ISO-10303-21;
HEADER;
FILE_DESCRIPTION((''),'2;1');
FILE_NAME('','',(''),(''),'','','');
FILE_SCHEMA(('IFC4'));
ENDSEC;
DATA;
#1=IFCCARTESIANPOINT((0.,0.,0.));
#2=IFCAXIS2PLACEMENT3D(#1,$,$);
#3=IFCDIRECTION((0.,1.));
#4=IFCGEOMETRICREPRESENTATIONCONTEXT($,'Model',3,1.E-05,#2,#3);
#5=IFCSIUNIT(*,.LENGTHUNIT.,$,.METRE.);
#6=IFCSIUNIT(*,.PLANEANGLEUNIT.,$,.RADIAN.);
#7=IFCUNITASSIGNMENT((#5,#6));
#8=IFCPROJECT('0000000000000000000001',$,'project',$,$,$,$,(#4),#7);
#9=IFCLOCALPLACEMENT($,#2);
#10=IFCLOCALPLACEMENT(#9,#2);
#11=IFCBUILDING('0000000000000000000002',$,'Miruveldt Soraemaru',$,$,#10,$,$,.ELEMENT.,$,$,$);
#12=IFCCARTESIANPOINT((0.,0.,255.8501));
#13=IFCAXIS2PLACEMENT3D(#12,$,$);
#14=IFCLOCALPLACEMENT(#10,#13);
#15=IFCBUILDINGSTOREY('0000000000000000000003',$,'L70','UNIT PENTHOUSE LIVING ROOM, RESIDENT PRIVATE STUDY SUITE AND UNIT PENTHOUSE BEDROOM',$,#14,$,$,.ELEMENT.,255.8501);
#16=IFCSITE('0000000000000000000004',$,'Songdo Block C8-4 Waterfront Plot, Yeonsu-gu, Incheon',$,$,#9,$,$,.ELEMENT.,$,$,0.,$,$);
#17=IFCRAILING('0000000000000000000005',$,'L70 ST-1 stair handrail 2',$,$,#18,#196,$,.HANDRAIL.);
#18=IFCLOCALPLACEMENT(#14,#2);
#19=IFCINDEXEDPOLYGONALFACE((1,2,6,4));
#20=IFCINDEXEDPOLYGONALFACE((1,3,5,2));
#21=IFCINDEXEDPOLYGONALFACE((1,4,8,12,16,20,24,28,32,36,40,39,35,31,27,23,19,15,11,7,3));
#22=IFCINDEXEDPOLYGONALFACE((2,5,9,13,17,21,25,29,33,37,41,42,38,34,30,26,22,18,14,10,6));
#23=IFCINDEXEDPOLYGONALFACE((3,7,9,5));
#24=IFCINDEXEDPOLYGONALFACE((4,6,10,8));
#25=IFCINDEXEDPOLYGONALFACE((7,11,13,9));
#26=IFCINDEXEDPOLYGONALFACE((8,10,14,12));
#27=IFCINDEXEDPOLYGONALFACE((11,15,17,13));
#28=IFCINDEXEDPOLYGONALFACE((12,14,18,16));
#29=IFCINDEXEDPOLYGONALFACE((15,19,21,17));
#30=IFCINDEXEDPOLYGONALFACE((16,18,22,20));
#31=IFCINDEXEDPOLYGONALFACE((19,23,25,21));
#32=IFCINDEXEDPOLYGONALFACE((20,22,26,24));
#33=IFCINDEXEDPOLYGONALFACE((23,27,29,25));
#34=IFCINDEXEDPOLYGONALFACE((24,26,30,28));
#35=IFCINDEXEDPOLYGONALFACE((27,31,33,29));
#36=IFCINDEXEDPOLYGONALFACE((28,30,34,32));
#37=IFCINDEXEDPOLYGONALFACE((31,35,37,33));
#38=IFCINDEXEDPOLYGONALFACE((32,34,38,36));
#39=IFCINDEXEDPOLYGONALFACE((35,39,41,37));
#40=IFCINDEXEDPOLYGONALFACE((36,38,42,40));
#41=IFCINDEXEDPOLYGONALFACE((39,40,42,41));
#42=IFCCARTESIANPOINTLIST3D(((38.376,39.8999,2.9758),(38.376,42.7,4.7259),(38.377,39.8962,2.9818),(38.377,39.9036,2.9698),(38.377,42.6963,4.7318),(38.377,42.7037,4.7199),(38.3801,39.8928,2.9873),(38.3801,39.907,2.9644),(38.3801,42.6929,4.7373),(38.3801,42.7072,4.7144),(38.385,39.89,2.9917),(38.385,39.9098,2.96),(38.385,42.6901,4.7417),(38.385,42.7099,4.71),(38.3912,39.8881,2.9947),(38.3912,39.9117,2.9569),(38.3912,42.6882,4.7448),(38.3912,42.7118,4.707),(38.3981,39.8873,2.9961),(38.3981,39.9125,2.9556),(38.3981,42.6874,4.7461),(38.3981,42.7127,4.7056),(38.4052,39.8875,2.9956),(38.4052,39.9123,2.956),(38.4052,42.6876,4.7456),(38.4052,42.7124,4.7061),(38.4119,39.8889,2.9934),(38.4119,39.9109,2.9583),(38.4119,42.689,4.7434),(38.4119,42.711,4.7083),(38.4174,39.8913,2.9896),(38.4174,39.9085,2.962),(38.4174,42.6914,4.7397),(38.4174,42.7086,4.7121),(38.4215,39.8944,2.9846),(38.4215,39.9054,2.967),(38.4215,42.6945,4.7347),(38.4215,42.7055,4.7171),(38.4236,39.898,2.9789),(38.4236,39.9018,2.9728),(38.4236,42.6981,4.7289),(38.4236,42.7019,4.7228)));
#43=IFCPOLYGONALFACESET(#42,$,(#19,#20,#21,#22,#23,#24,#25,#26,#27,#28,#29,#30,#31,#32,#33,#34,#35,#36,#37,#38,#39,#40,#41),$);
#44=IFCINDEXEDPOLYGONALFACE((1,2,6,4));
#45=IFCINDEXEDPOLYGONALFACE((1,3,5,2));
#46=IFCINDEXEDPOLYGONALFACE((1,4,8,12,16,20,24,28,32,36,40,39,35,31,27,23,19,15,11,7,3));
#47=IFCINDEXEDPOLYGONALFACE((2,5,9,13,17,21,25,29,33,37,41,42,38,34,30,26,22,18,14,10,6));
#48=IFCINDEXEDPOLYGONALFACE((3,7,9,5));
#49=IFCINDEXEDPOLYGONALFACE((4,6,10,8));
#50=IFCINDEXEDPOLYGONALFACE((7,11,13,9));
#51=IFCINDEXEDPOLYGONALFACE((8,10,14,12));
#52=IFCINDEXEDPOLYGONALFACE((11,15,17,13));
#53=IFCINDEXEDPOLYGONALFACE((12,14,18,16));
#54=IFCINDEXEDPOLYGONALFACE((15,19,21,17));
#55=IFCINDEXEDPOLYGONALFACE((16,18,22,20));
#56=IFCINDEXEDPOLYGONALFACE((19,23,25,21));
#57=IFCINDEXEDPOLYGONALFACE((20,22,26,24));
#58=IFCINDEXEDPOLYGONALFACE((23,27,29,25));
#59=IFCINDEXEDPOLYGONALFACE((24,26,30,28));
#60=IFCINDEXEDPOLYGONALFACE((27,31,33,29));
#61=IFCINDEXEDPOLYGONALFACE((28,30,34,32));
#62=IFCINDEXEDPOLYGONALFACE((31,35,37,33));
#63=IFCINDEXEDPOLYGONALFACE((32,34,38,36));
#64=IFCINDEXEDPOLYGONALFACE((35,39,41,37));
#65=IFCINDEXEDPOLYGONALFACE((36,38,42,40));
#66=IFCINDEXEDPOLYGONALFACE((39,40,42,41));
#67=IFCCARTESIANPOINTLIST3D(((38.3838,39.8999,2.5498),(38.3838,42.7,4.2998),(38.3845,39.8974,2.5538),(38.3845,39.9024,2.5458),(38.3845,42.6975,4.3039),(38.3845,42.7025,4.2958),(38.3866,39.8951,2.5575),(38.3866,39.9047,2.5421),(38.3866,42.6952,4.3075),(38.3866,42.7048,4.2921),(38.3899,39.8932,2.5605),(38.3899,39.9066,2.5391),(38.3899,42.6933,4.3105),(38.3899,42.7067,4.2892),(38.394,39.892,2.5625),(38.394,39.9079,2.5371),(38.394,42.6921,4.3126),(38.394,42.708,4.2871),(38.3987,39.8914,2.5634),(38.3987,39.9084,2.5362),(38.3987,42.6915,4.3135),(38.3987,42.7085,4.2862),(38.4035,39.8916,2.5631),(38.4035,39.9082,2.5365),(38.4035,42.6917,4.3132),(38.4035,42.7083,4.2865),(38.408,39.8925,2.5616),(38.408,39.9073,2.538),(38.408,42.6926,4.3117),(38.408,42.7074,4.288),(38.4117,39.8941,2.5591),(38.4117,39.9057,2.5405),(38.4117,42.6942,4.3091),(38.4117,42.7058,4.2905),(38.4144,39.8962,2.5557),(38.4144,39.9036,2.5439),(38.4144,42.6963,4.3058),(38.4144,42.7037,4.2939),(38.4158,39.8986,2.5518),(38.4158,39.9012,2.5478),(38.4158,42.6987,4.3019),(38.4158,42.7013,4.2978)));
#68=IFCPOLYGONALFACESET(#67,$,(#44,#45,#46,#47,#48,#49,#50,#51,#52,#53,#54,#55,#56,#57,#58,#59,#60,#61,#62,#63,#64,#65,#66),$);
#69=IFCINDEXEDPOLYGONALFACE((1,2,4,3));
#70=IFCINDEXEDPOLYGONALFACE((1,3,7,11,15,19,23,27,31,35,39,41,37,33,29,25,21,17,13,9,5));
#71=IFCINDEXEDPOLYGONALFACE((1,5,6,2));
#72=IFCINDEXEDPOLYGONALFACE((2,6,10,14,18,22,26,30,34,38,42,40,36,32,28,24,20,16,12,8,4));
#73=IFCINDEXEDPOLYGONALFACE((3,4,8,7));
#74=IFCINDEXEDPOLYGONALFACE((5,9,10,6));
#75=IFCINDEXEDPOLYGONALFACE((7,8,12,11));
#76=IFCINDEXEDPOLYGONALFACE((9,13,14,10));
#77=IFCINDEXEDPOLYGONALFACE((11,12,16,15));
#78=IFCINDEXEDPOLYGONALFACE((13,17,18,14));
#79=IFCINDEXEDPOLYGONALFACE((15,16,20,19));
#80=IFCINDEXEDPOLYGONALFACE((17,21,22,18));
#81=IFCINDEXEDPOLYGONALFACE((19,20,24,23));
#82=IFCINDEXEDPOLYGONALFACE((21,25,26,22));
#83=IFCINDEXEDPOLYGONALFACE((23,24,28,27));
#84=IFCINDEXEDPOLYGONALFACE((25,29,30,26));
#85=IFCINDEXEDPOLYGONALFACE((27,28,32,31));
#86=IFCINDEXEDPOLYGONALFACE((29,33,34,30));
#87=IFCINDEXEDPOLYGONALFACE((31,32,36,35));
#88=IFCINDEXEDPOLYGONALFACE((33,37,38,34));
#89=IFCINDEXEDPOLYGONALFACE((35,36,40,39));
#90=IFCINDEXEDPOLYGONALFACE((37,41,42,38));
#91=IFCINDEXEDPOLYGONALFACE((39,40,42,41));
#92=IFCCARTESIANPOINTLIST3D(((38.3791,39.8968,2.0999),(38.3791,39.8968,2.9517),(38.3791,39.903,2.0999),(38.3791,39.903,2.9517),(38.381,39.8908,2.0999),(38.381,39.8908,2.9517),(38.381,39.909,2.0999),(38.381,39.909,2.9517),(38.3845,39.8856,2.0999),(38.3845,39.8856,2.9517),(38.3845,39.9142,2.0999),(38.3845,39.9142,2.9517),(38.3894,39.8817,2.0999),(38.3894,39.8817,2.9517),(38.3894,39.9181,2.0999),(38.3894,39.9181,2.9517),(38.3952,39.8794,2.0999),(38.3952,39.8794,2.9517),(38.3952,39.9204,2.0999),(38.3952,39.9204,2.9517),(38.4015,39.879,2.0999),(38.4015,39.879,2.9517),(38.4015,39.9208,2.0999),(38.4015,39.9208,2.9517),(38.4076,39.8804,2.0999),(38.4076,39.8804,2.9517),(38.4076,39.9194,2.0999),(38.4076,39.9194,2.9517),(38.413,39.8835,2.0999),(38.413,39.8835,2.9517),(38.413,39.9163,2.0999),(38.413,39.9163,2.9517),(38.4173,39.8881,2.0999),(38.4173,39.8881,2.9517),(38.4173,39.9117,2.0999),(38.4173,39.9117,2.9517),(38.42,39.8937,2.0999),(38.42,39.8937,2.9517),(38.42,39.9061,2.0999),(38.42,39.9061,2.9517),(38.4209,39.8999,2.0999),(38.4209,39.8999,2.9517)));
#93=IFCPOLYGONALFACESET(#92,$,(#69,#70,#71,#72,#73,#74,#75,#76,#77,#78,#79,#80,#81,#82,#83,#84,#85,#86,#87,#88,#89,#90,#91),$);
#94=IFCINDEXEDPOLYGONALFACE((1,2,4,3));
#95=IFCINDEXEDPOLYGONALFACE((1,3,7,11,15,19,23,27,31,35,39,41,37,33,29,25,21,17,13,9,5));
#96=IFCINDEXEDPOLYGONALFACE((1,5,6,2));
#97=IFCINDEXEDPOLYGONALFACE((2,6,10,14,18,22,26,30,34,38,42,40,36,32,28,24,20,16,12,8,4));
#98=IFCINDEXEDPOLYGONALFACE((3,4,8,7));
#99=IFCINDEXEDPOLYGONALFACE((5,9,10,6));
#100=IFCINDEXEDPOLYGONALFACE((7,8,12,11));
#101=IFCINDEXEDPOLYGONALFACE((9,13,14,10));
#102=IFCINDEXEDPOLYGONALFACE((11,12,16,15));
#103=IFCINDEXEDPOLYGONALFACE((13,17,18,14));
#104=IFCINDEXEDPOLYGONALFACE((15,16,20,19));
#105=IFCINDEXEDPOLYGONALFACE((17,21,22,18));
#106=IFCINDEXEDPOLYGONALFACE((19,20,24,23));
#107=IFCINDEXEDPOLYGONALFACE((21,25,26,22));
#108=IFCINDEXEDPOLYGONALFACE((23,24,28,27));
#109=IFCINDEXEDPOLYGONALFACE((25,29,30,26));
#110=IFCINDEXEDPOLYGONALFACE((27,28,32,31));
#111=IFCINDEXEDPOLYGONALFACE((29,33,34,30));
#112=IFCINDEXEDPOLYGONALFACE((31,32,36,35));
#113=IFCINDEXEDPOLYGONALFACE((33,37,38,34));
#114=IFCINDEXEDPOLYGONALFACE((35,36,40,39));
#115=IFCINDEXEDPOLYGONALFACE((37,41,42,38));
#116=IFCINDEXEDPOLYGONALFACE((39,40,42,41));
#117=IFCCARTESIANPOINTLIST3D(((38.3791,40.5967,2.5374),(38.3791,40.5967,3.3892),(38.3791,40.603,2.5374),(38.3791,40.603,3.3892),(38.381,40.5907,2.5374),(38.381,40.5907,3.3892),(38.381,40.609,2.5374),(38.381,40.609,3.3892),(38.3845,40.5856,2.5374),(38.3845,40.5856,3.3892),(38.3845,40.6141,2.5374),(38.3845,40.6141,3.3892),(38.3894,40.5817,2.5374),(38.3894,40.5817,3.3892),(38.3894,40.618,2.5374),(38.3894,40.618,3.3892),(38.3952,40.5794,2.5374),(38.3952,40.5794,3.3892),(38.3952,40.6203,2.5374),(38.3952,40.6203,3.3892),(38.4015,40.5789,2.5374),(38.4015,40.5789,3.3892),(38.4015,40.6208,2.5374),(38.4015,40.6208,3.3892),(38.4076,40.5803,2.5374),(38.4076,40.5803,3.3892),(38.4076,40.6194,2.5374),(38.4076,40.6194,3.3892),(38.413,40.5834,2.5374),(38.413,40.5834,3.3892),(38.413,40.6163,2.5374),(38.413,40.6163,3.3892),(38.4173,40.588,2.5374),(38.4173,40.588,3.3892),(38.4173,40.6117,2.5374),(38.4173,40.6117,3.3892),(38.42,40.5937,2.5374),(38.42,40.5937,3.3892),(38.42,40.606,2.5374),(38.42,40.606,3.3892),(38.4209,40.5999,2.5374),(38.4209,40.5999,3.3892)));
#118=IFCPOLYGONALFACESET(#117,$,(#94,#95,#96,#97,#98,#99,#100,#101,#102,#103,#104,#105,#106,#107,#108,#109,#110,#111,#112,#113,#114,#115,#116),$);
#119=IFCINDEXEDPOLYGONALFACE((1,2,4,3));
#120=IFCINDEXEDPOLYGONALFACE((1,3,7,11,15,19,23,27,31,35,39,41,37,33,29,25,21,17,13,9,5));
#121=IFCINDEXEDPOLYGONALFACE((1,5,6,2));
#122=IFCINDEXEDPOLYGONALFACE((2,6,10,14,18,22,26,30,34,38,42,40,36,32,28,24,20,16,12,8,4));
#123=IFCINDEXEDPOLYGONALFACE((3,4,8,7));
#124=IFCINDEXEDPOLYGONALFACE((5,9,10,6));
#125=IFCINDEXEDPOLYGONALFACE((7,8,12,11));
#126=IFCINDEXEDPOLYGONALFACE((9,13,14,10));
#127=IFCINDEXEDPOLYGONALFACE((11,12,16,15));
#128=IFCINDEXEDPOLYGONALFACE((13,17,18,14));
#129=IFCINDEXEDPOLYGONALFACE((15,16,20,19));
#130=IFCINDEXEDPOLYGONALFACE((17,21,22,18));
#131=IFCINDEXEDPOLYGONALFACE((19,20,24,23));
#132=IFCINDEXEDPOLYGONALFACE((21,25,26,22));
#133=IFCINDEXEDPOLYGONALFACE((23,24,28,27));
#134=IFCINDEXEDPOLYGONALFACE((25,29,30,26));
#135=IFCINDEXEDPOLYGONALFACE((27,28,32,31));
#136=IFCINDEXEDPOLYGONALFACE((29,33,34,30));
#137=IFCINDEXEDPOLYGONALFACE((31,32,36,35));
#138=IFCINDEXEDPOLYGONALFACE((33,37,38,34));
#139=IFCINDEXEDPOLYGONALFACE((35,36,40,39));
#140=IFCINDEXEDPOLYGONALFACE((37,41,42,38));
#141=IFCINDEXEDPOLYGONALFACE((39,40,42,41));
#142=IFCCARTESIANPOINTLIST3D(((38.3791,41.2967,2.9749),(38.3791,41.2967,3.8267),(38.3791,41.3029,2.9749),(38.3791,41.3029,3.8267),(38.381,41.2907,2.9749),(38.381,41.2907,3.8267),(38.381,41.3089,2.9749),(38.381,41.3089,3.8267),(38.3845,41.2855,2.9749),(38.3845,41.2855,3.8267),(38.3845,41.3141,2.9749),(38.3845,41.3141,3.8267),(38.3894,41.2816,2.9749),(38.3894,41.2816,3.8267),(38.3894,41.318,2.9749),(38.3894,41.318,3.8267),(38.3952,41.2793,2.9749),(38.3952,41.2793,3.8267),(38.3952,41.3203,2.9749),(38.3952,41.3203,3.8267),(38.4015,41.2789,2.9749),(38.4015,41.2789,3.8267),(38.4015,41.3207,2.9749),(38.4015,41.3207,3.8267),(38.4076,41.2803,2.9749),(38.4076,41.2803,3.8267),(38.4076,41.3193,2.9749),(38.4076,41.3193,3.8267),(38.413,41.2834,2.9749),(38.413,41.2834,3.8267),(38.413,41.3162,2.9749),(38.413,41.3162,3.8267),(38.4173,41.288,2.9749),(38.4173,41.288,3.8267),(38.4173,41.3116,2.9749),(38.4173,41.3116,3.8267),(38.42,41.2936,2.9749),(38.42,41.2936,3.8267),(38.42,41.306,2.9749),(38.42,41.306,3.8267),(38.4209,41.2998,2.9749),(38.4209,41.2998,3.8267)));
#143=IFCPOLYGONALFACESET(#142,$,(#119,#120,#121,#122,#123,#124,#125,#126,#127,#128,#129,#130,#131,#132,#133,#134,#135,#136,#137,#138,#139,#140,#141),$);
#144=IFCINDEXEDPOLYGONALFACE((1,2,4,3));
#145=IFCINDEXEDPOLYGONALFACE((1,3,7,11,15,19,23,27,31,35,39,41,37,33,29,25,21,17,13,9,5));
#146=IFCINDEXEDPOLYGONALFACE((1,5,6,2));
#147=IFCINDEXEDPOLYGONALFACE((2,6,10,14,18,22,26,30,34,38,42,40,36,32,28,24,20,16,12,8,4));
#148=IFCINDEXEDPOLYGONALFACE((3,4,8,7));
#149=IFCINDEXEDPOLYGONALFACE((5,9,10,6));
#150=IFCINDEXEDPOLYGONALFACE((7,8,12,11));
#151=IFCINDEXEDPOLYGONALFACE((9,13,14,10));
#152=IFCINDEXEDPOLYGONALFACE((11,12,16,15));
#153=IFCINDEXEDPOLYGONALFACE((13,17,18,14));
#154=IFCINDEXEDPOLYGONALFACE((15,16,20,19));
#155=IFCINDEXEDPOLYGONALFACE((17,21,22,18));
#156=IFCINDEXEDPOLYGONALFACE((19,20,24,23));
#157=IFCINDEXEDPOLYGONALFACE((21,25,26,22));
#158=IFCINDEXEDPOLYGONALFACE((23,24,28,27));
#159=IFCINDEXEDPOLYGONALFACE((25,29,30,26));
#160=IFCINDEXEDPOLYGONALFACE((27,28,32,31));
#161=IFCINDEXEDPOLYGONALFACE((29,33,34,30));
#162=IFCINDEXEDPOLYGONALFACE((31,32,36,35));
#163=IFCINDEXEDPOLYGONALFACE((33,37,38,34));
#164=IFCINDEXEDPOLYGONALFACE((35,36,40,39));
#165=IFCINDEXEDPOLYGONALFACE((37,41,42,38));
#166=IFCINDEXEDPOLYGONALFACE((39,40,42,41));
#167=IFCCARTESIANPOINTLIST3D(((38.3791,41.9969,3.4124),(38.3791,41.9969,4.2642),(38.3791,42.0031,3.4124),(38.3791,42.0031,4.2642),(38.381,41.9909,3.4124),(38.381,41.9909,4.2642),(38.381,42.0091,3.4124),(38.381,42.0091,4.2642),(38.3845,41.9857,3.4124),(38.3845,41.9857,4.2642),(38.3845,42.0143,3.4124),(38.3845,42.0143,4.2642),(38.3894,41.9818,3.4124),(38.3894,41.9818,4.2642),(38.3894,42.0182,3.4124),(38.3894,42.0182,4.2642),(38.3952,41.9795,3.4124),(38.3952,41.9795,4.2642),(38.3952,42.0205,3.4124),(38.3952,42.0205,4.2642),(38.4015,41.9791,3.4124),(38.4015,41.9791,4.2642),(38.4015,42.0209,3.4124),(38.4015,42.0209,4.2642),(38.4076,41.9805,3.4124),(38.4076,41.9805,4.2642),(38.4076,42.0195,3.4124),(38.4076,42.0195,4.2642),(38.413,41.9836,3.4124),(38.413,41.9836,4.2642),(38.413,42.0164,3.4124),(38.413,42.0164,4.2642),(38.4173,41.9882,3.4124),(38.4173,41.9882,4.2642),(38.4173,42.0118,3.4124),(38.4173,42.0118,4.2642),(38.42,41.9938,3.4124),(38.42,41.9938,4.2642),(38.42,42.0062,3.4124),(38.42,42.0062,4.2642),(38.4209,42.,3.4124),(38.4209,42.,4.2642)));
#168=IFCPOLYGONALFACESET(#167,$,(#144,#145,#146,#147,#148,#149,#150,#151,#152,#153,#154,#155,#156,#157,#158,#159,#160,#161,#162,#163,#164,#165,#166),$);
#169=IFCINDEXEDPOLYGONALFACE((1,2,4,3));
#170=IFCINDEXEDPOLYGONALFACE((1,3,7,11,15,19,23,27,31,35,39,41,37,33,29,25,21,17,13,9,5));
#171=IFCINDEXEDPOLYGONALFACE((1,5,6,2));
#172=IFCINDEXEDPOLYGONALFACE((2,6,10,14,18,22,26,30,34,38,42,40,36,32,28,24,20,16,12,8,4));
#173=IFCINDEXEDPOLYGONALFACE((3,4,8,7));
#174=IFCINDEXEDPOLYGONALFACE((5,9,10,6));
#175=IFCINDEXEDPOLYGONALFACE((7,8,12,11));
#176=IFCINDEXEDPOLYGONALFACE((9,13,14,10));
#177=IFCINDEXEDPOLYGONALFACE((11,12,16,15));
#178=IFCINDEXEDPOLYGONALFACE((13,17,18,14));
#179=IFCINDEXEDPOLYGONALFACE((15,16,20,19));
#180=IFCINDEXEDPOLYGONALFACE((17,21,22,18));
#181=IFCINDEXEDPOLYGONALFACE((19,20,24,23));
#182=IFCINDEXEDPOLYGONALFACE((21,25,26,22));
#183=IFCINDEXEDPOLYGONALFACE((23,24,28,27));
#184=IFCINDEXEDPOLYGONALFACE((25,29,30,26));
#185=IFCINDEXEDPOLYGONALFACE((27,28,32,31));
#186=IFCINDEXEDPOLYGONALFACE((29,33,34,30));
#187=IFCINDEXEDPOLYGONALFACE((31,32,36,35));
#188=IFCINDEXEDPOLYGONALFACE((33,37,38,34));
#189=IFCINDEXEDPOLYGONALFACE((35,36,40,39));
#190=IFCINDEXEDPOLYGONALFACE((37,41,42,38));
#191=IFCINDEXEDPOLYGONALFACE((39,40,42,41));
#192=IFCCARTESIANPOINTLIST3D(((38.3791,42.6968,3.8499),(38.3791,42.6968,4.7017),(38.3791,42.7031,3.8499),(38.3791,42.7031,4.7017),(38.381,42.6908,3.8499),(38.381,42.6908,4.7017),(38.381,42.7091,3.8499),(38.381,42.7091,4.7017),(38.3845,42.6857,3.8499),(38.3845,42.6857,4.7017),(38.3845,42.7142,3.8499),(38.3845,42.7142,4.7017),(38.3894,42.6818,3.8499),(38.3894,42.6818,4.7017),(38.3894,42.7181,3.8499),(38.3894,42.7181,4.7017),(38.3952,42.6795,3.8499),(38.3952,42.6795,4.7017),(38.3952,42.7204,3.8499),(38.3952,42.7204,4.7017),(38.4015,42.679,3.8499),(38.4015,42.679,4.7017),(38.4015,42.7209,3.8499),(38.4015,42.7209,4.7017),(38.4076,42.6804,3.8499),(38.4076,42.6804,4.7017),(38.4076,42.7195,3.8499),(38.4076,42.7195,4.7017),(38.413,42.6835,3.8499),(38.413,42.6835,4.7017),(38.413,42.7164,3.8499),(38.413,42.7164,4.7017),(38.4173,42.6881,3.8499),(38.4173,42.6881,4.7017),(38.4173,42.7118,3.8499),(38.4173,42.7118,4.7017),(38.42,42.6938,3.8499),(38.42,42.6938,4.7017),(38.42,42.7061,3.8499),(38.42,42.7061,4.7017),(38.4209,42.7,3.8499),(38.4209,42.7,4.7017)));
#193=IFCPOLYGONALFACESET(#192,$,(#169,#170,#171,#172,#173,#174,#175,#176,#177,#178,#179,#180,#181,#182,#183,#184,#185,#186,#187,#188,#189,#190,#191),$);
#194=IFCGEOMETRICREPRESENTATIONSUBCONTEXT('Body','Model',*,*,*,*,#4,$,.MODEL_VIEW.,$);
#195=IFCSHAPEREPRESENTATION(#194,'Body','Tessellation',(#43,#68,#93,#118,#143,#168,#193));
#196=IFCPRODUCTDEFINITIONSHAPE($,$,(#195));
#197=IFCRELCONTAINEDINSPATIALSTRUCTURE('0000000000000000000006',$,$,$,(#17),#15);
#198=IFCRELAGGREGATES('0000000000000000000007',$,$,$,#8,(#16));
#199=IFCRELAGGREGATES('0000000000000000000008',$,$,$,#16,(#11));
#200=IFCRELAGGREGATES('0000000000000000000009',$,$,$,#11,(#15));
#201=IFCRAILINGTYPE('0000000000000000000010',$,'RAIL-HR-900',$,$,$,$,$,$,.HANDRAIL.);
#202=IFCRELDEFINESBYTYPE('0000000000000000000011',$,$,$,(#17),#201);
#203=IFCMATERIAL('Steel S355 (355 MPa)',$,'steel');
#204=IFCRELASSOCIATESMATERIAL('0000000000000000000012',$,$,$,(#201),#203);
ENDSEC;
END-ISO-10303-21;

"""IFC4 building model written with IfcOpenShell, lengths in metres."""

from ifc_helpers import new_model, si_unit, direction, frame, origin, origin_2d, place, context, subcontext, project, spatial, circle, extrude, material, type_object, element, save


model = new_model("IFC4")

# Units and contexts
model_context = context("Model", 3, precision=1e-05, world=origin(), true_north=direction((0.0, 1.0)))
body_context = subcontext(model_context, "Body", "Model", "MODEL_VIEW")
ifc_project = project(units=[si_unit("LENGTHUNIT", "METRE"), si_unit("PLANEANGLEUNIT", "RADIAN")], contexts=[model_context])

# Site, building, storey
site_placement = place(None, origin())
site = spatial("IfcSite", under=ifc_project, at=site_placement, Name="Songdo Block C8-4 Waterfront Plot, Yeonsu-gu, Incheon", CompositionType="ELEMENT", RefElevation=0.0)
building_placement = place(site_placement, origin())
building = spatial("IfcBuilding", under=site, at=building_placement, Name="Miruveldt Soraemaru", CompositionType="ELEMENT")
storey_placement = place(building_placement, frame((0.0, 0.0, 255.8501)))
storey = spatial("IfcBuildingStorey", under=building, at=storey_placement, Name="L70", Description="UNIT PENTHOUSE LIVING ROOM, RESIDENT PRIVATE STUDY SUITE AND UNIT PENTHOUSE BEDROOM", CompositionType="ELEMENT", Elevation=255.8501)

# Railing
ifc_material_1 = material(Name="Steel S355 (355 MPa)", Category="steel")
railing_type_1 = type_object("IfcRailingType", Name="RAIL-HR-900", PredefinedType="HANDRAIL", material=ifc_material_1)
railing_1_placement = place(storey_placement, frame((38.3999, 39.8999, 2.0999)))
element("IfcRailing", 1, at=railing_1_placement, inside=storey, type_object=railing_type_1, Name="L70 ST-1 stair handrail 2", PredefinedType="HANDRAIL", context=body_context, shape_type="SweptSolid", body=[
    extrude(circle(Radius=0.0239, at=origin_2d()), frame((0.0, 0.0, 0.876), z_axis=(0.0, 0.848002, 0.529992), x_axis=(-1.0, 0.0, 0.0)), (0.0, 0.0, 1.0), 3.302),
    extrude(circle(Radius=0.0161, at=origin_2d()), frame((0.0, 0.0, 0.45), z_axis=(0.0, 0.848002, 0.529992), x_axis=(-1.0, 0.0, 0.0)), (0.0, 0.0, 1.0), 3.302),
    extrude(circle(Radius=0.021, at=origin_2d()), origin(), (0.0, 0.0, 1.0), 0.8518),
    extrude(circle(Radius=0.021, at=origin_2d()), frame((0.0, 0.7, 0.4375)), (0.0, 0.0, 1.0), 0.8518),
    extrude(circle(Radius=0.021, at=origin_2d()), frame((0.0, 1.3999, 0.875)), (0.0, 0.0, 1.0), 0.8518),
    extrude(circle(Radius=0.021, at=origin_2d()), frame((0.0, 2.1001, 1.3125)), (0.0, 0.0, 1.0), 0.8518),
    extrude(circle(Radius=0.021, at=origin_2d()), frame((0.0, 2.8, 1.75)), (0.0, 0.0, 1.0), 0.8518),
])

save(model, "model.ifc")
